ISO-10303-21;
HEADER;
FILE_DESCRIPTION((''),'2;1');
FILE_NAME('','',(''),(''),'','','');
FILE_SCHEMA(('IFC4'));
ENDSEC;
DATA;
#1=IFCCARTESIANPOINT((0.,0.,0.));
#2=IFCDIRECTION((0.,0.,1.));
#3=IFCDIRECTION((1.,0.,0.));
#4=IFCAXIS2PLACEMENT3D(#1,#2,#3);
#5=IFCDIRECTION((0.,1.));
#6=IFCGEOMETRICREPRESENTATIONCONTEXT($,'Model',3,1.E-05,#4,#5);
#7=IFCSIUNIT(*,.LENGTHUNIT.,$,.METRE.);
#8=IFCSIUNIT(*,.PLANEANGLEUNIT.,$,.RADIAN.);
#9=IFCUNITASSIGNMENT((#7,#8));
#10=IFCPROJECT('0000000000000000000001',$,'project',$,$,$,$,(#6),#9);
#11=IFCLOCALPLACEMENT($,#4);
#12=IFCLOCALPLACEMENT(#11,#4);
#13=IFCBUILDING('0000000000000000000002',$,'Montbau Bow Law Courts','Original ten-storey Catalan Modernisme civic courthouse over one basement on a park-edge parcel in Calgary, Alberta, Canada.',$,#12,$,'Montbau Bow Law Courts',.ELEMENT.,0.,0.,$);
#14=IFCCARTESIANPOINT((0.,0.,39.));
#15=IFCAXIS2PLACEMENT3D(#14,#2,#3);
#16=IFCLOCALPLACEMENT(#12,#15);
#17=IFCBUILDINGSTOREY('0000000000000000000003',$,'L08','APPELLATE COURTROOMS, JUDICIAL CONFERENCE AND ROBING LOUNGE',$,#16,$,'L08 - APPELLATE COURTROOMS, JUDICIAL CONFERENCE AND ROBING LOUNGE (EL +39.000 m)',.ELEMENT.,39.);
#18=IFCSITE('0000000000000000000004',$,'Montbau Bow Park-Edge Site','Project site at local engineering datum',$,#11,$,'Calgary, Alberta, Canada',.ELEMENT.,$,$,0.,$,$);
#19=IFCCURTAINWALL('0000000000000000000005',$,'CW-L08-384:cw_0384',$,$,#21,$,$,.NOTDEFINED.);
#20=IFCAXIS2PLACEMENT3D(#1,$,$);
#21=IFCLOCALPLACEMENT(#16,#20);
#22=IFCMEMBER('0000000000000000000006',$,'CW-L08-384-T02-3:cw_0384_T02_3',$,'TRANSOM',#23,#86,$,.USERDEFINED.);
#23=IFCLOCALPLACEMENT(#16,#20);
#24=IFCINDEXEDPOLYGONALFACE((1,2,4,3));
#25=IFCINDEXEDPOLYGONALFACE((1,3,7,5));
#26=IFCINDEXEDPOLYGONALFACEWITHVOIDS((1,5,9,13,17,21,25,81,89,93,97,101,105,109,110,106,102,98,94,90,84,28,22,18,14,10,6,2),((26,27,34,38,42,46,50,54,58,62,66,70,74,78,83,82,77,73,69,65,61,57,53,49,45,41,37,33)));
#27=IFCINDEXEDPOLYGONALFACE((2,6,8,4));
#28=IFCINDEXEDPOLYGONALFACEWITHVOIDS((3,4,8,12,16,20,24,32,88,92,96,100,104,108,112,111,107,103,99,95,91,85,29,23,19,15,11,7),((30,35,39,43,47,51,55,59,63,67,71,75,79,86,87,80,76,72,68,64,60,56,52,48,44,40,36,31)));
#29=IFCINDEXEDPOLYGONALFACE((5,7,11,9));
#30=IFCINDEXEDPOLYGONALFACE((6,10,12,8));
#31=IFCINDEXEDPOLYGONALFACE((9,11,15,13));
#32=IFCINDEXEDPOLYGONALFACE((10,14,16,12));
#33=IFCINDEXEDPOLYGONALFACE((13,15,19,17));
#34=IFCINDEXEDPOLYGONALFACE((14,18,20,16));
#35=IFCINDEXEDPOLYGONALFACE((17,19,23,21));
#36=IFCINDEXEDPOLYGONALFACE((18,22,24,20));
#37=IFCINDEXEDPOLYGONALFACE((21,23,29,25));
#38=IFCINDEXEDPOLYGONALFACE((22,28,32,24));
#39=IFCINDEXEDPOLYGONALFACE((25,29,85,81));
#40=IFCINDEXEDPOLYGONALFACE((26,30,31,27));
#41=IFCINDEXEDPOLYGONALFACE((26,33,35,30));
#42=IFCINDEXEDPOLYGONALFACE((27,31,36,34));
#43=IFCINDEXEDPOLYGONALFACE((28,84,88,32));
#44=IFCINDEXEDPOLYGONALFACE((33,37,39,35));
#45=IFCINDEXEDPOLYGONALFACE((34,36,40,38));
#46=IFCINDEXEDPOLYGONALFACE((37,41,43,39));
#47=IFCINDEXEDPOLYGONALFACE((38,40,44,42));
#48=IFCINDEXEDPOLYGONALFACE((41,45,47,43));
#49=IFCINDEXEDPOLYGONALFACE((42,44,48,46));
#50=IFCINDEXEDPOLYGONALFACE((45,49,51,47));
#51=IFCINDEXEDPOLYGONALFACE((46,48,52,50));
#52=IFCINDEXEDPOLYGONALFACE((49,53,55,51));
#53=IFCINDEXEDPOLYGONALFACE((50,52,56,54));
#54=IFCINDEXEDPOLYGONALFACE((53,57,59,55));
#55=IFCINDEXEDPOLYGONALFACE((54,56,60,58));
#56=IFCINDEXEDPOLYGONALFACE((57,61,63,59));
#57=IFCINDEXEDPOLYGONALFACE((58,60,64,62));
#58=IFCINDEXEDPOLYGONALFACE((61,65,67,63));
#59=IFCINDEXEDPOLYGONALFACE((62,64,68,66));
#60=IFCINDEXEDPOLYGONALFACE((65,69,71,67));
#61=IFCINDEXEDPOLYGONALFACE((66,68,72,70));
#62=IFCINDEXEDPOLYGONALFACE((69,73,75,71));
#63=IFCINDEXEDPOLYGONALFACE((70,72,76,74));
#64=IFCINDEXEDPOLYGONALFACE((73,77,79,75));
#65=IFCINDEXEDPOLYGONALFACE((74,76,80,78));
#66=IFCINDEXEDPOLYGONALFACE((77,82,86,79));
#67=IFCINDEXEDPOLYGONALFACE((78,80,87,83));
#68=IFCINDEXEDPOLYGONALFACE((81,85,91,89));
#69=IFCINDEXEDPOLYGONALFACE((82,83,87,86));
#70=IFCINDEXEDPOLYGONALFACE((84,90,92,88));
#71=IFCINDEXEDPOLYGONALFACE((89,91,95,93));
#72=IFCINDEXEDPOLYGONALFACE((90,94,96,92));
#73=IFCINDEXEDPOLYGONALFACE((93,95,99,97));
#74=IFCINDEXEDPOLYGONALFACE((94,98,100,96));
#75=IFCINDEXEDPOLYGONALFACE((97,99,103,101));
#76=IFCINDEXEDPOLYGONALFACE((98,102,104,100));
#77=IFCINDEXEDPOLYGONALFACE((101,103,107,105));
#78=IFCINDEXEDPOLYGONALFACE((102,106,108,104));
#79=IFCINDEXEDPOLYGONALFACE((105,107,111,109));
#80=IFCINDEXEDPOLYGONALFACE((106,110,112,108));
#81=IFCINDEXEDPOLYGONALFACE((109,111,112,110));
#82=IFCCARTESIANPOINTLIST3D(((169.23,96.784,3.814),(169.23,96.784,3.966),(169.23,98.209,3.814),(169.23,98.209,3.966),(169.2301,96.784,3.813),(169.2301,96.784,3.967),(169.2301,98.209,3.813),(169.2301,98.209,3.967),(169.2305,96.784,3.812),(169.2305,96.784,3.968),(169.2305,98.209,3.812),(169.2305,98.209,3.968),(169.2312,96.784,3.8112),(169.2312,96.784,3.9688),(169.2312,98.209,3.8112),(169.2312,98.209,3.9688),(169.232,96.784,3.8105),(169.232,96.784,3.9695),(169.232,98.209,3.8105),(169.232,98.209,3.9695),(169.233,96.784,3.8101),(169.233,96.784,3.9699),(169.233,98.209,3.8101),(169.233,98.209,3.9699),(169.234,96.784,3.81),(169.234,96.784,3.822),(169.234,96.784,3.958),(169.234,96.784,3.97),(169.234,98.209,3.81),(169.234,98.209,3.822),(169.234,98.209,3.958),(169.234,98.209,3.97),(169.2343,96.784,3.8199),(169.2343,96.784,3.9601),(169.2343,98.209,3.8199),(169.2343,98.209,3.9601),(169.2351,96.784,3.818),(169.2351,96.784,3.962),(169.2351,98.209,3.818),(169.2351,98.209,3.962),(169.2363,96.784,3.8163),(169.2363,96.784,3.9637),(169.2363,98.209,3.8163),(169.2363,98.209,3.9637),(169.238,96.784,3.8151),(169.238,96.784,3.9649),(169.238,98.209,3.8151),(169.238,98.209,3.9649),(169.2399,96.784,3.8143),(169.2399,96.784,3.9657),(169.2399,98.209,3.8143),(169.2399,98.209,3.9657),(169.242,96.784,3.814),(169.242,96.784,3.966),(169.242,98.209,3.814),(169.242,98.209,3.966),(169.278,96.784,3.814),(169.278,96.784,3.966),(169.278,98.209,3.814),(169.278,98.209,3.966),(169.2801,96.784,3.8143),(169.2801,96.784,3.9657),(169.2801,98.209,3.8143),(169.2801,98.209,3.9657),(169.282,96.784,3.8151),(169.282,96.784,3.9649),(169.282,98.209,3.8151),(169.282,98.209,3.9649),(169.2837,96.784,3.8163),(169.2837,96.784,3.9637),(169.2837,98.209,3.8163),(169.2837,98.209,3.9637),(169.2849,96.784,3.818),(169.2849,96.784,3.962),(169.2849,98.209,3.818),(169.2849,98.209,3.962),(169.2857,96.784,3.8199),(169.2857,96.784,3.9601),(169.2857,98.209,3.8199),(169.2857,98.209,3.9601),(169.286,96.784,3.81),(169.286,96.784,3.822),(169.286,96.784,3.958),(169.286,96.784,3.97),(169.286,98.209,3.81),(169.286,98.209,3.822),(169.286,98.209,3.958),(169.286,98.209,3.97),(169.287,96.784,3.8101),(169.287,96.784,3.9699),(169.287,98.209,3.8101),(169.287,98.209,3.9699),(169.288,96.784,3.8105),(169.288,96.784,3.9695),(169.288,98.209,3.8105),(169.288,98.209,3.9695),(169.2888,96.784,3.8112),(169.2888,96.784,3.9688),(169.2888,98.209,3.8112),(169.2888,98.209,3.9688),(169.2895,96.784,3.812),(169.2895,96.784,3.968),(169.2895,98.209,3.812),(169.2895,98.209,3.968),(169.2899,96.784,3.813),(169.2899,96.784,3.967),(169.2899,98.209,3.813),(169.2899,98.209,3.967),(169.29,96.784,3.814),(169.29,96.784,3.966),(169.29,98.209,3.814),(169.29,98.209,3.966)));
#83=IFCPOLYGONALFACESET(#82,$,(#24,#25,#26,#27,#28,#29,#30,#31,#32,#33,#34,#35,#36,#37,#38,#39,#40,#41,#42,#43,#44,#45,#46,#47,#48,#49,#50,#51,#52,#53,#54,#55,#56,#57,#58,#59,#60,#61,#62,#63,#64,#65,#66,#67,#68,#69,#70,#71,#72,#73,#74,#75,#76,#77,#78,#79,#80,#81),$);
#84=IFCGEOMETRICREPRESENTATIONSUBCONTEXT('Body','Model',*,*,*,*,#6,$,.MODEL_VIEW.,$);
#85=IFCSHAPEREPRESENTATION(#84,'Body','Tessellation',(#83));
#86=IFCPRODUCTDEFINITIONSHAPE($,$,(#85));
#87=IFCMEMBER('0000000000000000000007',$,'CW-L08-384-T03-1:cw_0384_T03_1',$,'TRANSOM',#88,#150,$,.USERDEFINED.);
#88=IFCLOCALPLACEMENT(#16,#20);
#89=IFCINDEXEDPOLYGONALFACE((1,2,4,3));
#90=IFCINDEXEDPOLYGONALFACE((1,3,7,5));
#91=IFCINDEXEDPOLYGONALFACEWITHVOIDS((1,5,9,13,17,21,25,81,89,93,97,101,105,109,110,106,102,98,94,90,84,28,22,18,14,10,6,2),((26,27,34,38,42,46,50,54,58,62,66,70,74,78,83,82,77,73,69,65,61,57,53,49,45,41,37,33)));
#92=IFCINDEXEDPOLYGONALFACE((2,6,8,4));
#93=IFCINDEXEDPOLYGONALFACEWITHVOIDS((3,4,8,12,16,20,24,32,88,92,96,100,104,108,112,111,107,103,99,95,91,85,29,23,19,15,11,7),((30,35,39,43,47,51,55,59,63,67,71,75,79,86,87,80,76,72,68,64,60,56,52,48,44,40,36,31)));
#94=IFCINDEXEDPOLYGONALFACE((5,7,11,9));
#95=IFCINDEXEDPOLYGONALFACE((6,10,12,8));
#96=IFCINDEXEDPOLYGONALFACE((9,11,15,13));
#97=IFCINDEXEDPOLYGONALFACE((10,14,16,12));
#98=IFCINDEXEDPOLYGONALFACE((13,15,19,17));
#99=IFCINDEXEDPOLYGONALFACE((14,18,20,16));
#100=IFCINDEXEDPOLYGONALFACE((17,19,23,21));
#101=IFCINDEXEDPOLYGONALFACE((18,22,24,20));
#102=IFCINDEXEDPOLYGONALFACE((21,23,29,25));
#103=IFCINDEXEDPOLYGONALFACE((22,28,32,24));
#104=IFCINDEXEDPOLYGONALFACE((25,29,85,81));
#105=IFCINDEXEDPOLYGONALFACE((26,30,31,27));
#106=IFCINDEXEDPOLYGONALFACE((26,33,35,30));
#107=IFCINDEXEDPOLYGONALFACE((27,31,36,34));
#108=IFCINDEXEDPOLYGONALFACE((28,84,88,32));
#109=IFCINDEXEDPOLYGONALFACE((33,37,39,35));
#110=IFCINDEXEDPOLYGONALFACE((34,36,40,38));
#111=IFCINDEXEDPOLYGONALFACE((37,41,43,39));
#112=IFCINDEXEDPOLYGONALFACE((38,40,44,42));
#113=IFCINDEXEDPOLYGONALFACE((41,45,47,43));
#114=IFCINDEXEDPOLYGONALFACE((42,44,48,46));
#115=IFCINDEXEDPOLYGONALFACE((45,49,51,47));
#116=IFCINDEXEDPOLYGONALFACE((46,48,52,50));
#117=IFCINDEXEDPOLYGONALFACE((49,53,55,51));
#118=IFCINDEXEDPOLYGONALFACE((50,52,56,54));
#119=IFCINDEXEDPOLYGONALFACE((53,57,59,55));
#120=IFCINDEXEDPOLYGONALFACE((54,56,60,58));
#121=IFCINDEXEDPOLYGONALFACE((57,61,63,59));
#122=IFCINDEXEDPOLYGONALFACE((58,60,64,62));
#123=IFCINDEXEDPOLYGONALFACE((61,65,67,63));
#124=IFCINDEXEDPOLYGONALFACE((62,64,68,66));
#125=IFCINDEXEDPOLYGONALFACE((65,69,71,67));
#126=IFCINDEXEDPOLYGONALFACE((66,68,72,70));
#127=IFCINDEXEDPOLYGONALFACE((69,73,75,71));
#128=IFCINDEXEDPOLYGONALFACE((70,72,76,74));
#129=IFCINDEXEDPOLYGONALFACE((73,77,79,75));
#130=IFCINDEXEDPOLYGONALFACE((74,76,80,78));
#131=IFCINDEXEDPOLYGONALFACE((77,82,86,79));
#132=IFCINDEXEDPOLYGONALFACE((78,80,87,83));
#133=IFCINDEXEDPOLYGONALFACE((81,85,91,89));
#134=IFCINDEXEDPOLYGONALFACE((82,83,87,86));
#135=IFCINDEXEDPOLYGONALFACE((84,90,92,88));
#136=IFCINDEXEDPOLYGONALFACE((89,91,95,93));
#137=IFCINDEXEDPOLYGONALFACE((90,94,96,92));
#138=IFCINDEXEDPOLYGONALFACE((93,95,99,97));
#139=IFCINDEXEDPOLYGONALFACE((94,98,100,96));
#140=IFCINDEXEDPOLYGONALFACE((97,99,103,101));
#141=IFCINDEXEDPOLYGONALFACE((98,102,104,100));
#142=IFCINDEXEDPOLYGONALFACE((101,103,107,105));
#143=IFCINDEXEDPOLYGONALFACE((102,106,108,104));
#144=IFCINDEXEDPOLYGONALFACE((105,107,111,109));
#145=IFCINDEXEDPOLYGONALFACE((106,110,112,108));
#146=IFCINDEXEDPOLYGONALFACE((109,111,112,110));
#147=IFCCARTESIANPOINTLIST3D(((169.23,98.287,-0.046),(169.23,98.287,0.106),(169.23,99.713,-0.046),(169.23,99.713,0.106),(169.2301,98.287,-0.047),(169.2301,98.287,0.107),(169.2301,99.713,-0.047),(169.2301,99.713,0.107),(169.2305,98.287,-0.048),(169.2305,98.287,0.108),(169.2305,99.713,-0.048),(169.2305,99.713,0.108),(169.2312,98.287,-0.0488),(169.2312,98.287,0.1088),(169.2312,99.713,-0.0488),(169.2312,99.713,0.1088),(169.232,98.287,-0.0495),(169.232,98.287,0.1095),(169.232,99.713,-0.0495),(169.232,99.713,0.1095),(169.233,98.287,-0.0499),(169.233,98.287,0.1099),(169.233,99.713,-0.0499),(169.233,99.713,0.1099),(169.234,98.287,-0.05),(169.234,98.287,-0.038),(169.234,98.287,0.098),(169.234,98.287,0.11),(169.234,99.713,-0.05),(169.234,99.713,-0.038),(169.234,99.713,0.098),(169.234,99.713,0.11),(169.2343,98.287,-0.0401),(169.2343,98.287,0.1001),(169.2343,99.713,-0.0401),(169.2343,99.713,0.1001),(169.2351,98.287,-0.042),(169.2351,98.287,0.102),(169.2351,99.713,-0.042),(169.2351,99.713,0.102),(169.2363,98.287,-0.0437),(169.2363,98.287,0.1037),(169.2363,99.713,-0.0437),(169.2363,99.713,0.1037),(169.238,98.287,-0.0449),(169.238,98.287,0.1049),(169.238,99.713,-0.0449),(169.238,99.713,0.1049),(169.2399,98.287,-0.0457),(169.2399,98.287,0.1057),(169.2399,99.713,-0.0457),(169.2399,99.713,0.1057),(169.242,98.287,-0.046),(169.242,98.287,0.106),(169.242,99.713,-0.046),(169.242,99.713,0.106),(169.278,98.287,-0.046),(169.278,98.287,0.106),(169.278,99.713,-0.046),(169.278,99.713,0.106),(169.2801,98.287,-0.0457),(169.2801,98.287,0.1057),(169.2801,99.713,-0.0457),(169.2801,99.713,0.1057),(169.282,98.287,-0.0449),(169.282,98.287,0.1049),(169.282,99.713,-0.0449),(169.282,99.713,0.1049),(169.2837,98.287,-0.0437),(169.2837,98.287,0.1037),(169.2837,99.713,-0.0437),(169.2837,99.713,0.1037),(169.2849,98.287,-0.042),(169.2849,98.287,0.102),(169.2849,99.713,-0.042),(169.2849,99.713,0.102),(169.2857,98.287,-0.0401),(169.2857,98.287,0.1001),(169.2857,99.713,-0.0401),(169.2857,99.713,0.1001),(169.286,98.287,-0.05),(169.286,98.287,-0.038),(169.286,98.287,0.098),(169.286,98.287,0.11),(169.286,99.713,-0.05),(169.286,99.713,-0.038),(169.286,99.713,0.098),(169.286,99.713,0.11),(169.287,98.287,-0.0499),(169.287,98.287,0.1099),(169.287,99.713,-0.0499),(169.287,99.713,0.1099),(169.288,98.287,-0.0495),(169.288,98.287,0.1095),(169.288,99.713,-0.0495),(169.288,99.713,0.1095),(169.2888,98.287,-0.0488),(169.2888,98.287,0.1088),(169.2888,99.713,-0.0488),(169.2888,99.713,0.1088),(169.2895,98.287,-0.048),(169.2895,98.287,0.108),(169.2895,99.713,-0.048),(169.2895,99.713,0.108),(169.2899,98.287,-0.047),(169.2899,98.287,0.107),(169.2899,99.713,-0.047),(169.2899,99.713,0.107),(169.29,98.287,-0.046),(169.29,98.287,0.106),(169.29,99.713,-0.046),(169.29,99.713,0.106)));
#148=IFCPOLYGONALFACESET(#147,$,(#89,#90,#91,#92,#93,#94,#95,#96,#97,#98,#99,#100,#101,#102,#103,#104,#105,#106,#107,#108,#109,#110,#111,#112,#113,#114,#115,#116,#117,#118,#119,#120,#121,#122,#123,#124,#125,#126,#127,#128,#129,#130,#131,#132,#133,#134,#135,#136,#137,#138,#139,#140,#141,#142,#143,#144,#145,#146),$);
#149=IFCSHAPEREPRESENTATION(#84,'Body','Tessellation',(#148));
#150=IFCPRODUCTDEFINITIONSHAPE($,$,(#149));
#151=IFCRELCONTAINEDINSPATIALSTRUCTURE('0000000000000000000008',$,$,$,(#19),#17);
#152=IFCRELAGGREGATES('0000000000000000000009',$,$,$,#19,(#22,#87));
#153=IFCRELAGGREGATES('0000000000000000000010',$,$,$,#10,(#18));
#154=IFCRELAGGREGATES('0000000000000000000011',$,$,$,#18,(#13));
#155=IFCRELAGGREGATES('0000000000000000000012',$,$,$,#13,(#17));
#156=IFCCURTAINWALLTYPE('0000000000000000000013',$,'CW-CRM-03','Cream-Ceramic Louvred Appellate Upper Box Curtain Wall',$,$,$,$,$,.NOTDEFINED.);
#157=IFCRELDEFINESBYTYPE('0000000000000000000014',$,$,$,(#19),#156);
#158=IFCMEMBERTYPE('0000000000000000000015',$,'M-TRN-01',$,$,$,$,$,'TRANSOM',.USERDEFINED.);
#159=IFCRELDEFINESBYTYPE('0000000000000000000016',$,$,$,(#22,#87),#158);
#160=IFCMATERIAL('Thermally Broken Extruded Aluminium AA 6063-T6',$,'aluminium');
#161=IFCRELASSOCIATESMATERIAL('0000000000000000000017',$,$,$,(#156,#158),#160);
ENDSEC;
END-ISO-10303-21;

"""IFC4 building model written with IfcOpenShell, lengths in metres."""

from ifc_helpers import new_model, si_unit, direction, frame, origin_with_axes, origin_2d_with_axis, place, context, subcontext, project, spatial, hollow_rectangle, extrude, material, material_profile, profile_set, type_object, element, aggregate, save


model = new_model("IFC4")

# Units and contexts
model_context = context("Model", 3, precision=1e-05, world=origin_with_axes(), true_north=direction((0.0, 1.0)))
body_context = subcontext(model_context, "Body", "Model", "MODEL_VIEW")
ifc_project = project(units=[si_unit("LENGTHUNIT", "METRE"), si_unit("PLANEANGLEUNIT", "RADIAN")], contexts=[model_context])

# Site, building, storey
site_placement = place(None, origin_with_axes())
site = spatial("IfcSite", under=ifc_project, at=site_placement, Name="Montbau Bow Park-Edge Site", Description="Project site at local engineering datum", LongName="Calgary, Alberta, Canada", CompositionType="ELEMENT", RefElevation=0.0)
building_placement = place(site_placement, origin_with_axes())
building = spatial("IfcBuilding", under=site, at=building_placement, Name="Montbau Bow Law Courts", Description="Original ten-storey Catalan Modernisme civic courthouse over one basement on a park-edge parcel in Calgary, Alberta, Canada.", LongName="Montbau Bow Law Courts", CompositionType="ELEMENT", ElevationOfRefHeight=0.0, ElevationOfTerrain=0.0)
storey_placement = place(building_placement, frame((0.0, 0.0, 39.0), z_axis=(0.0, 0.0, 1.0), x_axis=(1.0, 0.0, 0.0)))
storey = spatial("IfcBuildingStorey", under=building, at=storey_placement, Name="L08", Description="APPELLATE COURTROOMS, JUDICIAL CONFERENCE AND ROBING LOUNGE", LongName="L08 - APPELLATE COURTROOMS, JUDICIAL CONFERENCE AND ROBING LOUNGE (EL +39.000 m)", CompositionType="ELEMENT", Elevation=39.0)

# Curtain wall, members
ifc_material_1 = material(Name="Thermally Broken Extruded Aluminium AA 6063-T6", Category="aluminium")
curtain_wall_type = type_object("IfcCurtainWallType", Name="CW-CRM-03", Description="Cream-Ceramic Louvred Appellate Upper Box Curtain Wall", PredefinedType="NOTDEFINED", material=ifc_material_1)
curtain_wall_placement = place(None, frame((169.26, 95.24, 39.0), z_axis=(0.0, 0.0, 1.0), x_axis=(1.0, 0.0, 0.0)))
curtain_wall = element("IfcCurtainWall", 1, at=curtain_wall_placement, inside=storey, type_object=curtain_wall_type, Name="CW-L08-384:cw_0384", PredefinedType="NOTDEFINED")
ifc_material_profile_1 = material_profile(ifc_material_1, hollow_rectangle(XDim=0.06, YDim=0.16, WallThickness=0.004, InnerFilletRadius=0.008, OuterFilletRadius=0.004, at=origin_2d_with_axis()), Name="CWT-160X60", Category="Main", Priority=0)
ifc_profile_set_1 = profile_set([ifc_material_profile_1], Name="Thermally Broken Extruded Aluminium AA 6063-T6")
member_type_1 = type_object("IfcMemberType", Name="M-TRN-01", ElementType="TRANSOM", PredefinedType="USERDEFINED", material=ifc_profile_set_1)
member_1_placement = place(None, frame((169.26, 96.784, 42.89), z_axis=(0.0, 1.0, 0.0), x_axis=(-1.0, 0.0, 0.0)))
member_1 = element("IfcMember", 2, at=member_1_placement, type_object=member_type_1, Name="CW-L08-384-T02-3:cw_0384_T02_3", ObjectType="TRANSOM", PredefinedType="USERDEFINED", context=body_context, shape_type="SweptSolid", body=[
    extrude(hollow_rectangle(XDim=0.06, YDim=0.16, WallThickness=0.004, InnerFilletRadius=0.008, OuterFilletRadius=0.004, at=origin_2d_with_axis()), origin_with_axes(), (0.0, 0.0, 1.0), 1.425),
])
member_2_placement = place(None, frame((169.26, 98.287, 39.03), z_axis=(0.0, 1.0, 0.0), x_axis=(-1.0, 0.0, 0.0)))
member_2 = element("IfcMember", 3, at=member_2_placement, type_object=member_type_1, Name="CW-L08-384-T03-1:cw_0384_T03_1", ObjectType="TRANSOM", PredefinedType="USERDEFINED", context=body_context, shape_type="SweptSolid", body=[
    extrude(hollow_rectangle(XDim=0.06, YDim=0.16, WallThickness=0.004, InnerFilletRadius=0.008, OuterFilletRadius=0.004, at=origin_2d_with_axis()), origin_with_axes(), (0.0, 0.0, 1.0), 1.426),
])
aggregate(curtain_wall, [member_1, member_2])

save(model, "model.ifc")
